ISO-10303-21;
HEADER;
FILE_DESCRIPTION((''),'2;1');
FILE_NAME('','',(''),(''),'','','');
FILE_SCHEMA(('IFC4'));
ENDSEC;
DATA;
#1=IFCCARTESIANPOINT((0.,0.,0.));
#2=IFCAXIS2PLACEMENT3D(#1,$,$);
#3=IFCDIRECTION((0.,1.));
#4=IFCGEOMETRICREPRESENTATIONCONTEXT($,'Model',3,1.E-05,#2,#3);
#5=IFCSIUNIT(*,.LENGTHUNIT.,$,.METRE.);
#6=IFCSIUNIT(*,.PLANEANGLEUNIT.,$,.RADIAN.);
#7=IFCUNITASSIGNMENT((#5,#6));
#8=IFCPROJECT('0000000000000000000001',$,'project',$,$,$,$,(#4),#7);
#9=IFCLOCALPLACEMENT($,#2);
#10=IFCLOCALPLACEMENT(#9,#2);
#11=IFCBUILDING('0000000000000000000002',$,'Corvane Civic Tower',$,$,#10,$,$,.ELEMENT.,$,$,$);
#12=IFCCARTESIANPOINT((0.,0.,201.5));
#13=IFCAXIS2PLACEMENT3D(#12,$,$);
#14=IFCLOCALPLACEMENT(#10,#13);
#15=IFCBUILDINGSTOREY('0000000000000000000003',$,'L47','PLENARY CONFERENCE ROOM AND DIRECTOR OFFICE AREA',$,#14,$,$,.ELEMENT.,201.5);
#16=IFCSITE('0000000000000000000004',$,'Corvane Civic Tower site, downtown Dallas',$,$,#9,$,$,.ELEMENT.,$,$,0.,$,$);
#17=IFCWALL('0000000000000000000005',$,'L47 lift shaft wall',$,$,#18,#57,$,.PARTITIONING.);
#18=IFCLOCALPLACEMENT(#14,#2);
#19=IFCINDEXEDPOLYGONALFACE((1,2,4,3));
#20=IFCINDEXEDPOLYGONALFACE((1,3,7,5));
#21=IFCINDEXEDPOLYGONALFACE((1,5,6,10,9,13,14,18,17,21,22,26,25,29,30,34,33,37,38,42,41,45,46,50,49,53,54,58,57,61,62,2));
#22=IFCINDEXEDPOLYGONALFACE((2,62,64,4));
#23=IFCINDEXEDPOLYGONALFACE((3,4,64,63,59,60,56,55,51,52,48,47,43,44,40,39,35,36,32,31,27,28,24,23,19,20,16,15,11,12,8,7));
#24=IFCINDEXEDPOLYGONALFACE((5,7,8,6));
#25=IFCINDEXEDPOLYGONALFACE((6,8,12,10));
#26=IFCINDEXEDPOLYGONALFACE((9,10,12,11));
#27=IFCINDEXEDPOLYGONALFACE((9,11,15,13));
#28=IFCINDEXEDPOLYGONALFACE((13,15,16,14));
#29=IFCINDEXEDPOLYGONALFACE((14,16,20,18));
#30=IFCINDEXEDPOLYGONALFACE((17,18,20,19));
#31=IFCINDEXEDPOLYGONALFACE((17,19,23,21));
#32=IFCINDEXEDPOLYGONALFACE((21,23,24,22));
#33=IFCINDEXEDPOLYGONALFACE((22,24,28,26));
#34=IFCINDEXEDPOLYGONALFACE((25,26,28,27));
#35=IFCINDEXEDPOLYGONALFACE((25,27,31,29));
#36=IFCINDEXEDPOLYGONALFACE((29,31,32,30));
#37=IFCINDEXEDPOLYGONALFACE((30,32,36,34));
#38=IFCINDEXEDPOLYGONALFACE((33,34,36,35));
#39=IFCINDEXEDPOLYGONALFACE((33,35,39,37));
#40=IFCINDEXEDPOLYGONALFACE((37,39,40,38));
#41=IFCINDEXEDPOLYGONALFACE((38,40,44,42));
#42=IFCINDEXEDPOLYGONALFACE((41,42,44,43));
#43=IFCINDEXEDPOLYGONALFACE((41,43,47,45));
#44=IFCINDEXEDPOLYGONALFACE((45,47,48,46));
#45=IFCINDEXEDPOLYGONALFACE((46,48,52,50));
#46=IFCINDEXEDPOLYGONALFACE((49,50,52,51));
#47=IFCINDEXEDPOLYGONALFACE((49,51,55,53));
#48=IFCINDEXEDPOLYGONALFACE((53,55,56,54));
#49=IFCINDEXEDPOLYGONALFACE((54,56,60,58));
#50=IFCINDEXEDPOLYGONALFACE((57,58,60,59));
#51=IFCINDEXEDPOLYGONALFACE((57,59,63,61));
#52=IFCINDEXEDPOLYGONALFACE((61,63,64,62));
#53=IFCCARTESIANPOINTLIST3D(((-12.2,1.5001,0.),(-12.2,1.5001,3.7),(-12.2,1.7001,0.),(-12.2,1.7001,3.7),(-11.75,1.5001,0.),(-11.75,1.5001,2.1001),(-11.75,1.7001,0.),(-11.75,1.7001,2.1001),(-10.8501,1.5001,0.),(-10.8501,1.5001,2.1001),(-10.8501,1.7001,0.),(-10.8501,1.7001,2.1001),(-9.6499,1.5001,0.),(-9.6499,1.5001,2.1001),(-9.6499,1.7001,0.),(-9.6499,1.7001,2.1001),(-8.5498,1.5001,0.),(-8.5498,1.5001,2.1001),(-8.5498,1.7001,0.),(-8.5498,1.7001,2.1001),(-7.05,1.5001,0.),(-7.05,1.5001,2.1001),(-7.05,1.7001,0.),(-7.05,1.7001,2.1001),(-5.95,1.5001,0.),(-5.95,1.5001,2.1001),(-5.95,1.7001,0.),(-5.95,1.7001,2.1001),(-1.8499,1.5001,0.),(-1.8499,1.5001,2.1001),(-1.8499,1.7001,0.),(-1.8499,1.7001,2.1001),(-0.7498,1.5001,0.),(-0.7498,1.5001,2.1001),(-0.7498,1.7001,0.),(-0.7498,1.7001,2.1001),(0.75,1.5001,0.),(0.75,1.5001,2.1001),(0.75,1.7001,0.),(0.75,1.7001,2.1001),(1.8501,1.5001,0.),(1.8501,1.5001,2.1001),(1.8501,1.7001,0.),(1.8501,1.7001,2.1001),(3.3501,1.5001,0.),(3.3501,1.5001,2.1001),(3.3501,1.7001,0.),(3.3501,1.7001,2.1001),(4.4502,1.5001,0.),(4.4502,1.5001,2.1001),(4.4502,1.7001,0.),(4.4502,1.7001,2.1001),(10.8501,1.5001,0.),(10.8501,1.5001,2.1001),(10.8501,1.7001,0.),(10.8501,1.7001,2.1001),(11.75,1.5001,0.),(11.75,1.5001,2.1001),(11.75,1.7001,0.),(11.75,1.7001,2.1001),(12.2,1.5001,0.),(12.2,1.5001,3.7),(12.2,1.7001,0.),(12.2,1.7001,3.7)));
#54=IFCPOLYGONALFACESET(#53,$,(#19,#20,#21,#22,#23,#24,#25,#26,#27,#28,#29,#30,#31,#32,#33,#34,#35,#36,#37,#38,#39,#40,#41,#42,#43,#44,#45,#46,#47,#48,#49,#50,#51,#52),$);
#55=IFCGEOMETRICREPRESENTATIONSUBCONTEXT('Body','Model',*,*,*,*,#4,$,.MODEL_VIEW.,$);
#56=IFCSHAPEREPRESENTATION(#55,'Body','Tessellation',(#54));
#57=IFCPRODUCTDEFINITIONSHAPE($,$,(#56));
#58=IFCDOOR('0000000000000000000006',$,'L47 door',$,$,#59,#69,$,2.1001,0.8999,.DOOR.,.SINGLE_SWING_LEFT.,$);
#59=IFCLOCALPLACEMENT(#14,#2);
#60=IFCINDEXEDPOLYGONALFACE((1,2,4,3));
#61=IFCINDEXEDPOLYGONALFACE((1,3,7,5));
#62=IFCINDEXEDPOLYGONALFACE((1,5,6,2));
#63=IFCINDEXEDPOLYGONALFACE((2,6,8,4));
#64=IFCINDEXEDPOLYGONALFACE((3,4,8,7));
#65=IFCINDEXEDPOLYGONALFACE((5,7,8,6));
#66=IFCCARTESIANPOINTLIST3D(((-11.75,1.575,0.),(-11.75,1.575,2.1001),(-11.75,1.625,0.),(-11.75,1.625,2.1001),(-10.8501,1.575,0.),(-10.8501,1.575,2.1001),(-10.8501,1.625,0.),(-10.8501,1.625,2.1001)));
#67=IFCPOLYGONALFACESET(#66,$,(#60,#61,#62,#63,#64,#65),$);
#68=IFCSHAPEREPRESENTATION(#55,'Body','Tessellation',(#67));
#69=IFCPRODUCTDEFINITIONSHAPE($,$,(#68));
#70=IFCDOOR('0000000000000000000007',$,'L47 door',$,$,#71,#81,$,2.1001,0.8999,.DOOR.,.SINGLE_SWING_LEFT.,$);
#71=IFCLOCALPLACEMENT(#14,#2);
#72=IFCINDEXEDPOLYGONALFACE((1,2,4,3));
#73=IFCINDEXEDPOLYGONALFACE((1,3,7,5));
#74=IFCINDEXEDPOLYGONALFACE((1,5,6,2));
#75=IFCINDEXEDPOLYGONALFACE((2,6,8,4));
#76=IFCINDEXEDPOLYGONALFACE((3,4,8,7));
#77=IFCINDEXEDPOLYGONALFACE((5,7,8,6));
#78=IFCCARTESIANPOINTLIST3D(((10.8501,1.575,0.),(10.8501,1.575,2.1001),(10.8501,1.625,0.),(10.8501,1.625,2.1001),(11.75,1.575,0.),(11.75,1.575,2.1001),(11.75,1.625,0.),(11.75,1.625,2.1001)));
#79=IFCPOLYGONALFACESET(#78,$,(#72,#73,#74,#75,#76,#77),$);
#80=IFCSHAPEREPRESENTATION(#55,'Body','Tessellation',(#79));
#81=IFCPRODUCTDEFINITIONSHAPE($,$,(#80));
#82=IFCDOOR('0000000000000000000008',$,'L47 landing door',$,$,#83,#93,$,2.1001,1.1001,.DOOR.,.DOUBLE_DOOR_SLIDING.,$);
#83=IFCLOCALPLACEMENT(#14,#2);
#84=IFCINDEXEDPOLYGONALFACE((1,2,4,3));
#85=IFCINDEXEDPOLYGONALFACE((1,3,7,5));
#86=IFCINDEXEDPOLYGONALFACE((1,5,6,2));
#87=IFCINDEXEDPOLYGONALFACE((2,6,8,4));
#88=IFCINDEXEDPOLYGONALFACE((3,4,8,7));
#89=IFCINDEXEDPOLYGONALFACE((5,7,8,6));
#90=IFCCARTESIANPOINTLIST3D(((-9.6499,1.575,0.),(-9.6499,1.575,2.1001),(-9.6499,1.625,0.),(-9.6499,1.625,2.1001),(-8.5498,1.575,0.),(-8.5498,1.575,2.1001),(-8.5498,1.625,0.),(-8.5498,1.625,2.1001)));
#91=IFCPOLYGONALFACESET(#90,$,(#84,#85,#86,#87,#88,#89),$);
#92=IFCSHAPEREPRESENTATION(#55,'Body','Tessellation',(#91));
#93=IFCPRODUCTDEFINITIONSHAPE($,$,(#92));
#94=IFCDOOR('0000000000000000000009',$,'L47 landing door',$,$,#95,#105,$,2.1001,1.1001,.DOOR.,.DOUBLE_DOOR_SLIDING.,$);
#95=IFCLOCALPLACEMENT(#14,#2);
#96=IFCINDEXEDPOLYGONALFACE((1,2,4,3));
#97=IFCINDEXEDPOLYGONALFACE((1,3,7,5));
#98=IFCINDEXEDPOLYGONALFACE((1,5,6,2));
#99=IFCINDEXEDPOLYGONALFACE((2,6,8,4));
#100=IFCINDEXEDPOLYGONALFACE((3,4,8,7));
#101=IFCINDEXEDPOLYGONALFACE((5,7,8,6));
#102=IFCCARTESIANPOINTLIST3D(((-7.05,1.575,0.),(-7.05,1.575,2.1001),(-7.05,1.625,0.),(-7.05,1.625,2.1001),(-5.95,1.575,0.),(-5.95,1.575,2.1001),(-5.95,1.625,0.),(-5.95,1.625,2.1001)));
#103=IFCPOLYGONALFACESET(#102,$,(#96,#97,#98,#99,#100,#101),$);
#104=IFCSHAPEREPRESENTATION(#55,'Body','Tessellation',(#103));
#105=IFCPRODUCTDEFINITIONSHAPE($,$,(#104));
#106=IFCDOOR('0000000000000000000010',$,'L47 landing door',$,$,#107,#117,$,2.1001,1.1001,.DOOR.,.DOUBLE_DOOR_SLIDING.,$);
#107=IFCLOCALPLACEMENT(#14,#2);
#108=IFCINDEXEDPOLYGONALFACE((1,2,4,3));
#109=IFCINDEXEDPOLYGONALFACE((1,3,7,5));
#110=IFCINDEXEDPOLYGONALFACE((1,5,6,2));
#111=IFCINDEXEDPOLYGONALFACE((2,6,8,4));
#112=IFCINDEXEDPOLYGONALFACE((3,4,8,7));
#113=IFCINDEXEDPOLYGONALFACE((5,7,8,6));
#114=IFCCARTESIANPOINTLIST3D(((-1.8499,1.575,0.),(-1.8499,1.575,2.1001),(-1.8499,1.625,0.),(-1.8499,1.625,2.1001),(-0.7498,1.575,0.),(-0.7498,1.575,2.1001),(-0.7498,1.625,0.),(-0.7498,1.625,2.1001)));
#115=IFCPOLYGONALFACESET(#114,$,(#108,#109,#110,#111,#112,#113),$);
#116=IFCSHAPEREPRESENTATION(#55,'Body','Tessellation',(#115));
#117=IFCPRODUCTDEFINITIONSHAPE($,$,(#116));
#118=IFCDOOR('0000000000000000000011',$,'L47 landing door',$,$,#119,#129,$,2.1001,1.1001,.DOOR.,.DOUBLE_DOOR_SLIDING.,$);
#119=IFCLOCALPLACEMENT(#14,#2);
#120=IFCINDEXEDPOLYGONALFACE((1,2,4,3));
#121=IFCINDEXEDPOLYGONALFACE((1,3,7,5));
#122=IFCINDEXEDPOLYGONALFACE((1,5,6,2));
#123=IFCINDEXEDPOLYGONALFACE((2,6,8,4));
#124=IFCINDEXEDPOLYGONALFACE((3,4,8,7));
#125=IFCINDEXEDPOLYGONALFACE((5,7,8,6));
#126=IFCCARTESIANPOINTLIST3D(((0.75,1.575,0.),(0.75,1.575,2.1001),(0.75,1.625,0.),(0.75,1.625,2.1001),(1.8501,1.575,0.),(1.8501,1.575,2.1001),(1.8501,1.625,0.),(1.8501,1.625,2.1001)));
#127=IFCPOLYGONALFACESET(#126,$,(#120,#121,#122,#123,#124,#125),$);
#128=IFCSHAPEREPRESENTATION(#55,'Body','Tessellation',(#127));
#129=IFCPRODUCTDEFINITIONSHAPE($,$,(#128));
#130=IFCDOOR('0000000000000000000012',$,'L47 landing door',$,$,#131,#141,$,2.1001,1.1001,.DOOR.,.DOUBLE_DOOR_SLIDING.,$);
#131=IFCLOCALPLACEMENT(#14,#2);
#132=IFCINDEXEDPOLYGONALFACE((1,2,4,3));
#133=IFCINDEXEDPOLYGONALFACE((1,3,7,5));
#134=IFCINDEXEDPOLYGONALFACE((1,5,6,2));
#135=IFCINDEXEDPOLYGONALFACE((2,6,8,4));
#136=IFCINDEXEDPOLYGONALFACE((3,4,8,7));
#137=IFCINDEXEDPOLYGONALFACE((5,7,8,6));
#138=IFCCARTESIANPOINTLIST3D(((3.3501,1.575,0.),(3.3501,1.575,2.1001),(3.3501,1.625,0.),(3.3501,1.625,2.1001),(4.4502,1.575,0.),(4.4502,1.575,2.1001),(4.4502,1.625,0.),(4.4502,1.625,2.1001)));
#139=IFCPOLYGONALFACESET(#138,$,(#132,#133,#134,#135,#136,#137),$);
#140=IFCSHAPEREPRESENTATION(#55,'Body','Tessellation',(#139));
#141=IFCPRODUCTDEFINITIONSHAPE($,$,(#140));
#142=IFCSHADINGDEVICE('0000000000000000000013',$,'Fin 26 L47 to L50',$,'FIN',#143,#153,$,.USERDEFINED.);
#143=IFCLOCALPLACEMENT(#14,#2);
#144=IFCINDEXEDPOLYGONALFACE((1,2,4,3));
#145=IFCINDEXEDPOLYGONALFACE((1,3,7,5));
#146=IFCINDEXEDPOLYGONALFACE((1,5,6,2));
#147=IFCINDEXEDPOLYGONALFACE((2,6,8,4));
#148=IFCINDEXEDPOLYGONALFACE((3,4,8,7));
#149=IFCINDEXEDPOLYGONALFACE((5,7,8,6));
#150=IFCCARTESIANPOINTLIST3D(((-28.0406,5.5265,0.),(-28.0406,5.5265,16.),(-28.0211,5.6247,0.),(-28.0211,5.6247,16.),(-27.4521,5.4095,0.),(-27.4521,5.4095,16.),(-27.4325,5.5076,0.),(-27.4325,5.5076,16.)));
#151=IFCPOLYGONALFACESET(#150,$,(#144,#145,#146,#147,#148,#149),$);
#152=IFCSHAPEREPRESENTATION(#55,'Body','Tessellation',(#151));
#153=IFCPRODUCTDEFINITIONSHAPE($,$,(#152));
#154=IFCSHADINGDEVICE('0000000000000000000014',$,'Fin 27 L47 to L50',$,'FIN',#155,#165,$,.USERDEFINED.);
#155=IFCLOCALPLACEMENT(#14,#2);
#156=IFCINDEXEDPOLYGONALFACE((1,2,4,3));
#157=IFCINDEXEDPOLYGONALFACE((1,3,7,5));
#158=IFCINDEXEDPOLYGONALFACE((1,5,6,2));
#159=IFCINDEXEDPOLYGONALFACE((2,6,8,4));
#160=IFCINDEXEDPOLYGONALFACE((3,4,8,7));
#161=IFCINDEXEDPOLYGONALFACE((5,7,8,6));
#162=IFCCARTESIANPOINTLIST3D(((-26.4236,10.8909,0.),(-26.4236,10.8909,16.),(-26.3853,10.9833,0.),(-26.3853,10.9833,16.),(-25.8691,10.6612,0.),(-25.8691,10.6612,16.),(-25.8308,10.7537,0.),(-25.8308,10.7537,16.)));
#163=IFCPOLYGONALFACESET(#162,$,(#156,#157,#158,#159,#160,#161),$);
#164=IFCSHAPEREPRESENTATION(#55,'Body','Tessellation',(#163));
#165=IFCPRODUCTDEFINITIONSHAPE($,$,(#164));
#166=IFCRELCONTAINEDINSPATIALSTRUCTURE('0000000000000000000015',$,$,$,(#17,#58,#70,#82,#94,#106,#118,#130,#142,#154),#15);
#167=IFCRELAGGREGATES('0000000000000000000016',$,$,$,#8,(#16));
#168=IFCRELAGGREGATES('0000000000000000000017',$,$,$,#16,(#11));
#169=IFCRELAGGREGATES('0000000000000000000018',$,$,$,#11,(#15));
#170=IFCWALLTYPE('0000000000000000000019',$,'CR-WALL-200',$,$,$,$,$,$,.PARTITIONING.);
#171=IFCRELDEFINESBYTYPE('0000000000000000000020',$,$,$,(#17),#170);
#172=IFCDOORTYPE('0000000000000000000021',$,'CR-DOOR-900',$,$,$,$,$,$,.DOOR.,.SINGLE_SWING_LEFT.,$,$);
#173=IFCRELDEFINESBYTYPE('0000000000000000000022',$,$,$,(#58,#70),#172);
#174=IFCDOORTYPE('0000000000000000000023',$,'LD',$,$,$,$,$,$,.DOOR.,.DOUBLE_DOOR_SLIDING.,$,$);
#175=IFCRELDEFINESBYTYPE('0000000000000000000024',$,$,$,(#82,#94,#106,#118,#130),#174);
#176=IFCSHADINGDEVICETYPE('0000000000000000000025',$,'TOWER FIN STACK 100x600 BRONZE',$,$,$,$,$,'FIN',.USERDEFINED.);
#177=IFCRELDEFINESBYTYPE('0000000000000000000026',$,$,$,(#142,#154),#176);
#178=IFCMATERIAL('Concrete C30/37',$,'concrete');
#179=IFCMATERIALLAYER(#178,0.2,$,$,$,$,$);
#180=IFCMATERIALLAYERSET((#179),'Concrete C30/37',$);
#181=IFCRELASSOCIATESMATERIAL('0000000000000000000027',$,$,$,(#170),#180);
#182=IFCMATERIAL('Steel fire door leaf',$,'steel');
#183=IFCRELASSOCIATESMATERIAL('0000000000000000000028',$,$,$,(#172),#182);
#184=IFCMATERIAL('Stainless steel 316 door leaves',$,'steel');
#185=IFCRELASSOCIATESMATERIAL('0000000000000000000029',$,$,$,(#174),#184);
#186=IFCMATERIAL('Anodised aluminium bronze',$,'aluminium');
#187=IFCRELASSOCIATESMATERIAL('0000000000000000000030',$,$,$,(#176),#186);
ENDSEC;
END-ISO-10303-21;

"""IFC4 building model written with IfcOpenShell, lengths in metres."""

from ifc_helpers import new_model, si_unit, direction, frame, frame_2d, origin, origin_2d, place, context, subcontext, project, spatial, rectangle, extrude, material, layer, layer_set, material_profile, profile_set, type_object, element, fill, save


model = new_model("IFC4")

# Units and contexts
model_context = context("Model", 3, precision=1e-05, world=origin(), true_north=direction((0.0, 1.0)))
body_context = subcontext(model_context, "Body", "Model", "MODEL_VIEW")
ifc_project = project(units=[si_unit("LENGTHUNIT", "METRE"), si_unit("PLANEANGLEUNIT", "RADIAN")], contexts=[model_context])

# Site, building, storey
site_placement = place(None, origin())
site = spatial("IfcSite", under=ifc_project, at=site_placement, Name="Corvane Civic Tower site, downtown Dallas", CompositionType="ELEMENT", RefElevation=0.0)
building_placement = place(site_placement, origin())
building = spatial("IfcBuilding", under=site, at=building_placement, Name="Corvane Civic Tower", CompositionType="ELEMENT")
storey_placement = place(building_placement, frame((0.0, 0.0, 201.5)))
storey = spatial("IfcBuildingStorey", under=building, at=storey_placement, Name="L47", Description="PLENARY CONFERENCE ROOM AND DIRECTOR OFFICE AREA", CompositionType="ELEMENT", Elevation=201.5)

# Wall, openings, doors
ifc_material_1 = material(Name="Concrete C30/37", Category="concrete")
ifc_layer_1 = layer(ifc_material_1, 0.2)
ifc_layer_set_1 = layer_set([ifc_layer_1], Name="Concrete C30/37")
wall_type = type_object("IfcWallType", Name="CR-WALL-200", PredefinedType="PARTITIONING", material=ifc_layer_set_1)
wall_placement = place(storey_placement, frame((-12.2, 1.6001, 0.0), z_axis=(0.0, 0.0, 1.0), x_axis=(1.0, 0.0, 0.0)))
wall = element("IfcWall", 1, at=wall_placement, inside=storey, type_object=wall_type, Name="L47 lift shaft wall", PredefinedType="PARTITIONING", context=body_context, shape_type="SweptSolid", body=[
    extrude(rectangle(XDim=24.3999, YDim=0.2, at=frame_2d((12.2, 0.0))), origin(), (0.0, 0.0, 1.0), 3.7),
])
opening_1_placement = place(wall_placement, frame((2.55, 0.0, 0.0)))
opening_1 = element("IfcOpeningElement", 2, at=opening_1_placement, cuts=wall, PredefinedType="OPENING", context=body_context, shape_type="SweptSolid", body=[
    extrude(rectangle(XDim=1.1001, YDim=2.1001, at=frame_2d((0.55, 1.05))), frame((0.0, 0.1099, 0.0), z_axis=(0.0, -1.0, 0.0), x_axis=(1.0, 0.0, 0.0)), (0.0, 0.0, 1.0), 0.22),
])
opening_2_placement = place(wall_placement, frame((5.1499, 0.0, 0.0)))
opening_2 = element("IfcOpeningElement", 3, at=opening_2_placement, cuts=wall, PredefinedType="OPENING", context=body_context, shape_type="SweptSolid", body=[
    extrude(rectangle(XDim=1.1001, YDim=2.1001, at=frame_2d((0.55, 1.05))), frame((0.0, 0.1099, 0.0), z_axis=(0.0, -1.0, 0.0), x_axis=(1.0, 0.0, 0.0)), (0.0, 0.0, 1.0), 0.22),
])
opening_3_placement = place(wall_placement, frame((10.3501, 0.0, 0.0)))
opening_3 = element("IfcOpeningElement", 4, at=opening_3_placement, cuts=wall, PredefinedType="OPENING", context=body_context, shape_type="SweptSolid", body=[
    extrude(rectangle(XDim=1.1001, YDim=2.1001, at=frame_2d((0.55, 1.05))), frame((0.0, 0.1099, 0.0), z_axis=(0.0, -1.0, 0.0), x_axis=(1.0, 0.0, 0.0)), (0.0, 0.0, 1.0), 0.22),
])
opening_4_placement = place(wall_placement, frame((12.95, 0.0, 0.0)))
opening_4 = element("IfcOpeningElement", 5, at=opening_4_placement, cuts=wall, PredefinedType="OPENING", context=body_context, shape_type="SweptSolid", body=[
    extrude(rectangle(XDim=1.1001, YDim=2.1001, at=frame_2d((0.55, 1.05))), frame((0.0, 0.1099, 0.0), z_axis=(0.0, -1.0, 0.0), x_axis=(1.0, 0.0, 0.0)), (0.0, 0.0, 1.0), 0.22),
])
opening_5_placement = place(wall_placement, frame((15.55, 0.0, 0.0)))
opening_5 = element("IfcOpeningElement", 6, at=opening_5_placement, cuts=wall, PredefinedType="OPENING", context=body_context, shape_type="SweptSolid", body=[
    extrude(rectangle(XDim=1.1001, YDim=2.1001, at=frame_2d((0.55, 1.05))), frame((0.0, 0.1099, 0.0), z_axis=(0.0, -1.0, 0.0), x_axis=(1.0, 0.0, 0.0)), (0.0, 0.0, 1.0), 0.22),
])
opening_6_placement = place(wall_placement, frame((0.45, 0.0, 0.0)))
opening_6 = element("IfcOpeningElement", 7, at=opening_6_placement, cuts=wall, PredefinedType="OPENING", context=body_context, shape_type="SweptSolid", body=[
    extrude(rectangle(XDim=0.8999, YDim=2.1001, at=frame_2d((0.45, 1.05))), frame((0.0, 0.1099, 0.0), z_axis=(0.0, -1.0, 0.0), x_axis=(1.0, 0.0, 0.0)), (0.0, 0.0, 1.0), 0.22),
])
opening_7_placement = place(wall_placement, frame((23.05, 0.0, 0.0)))
opening_7 = element("IfcOpeningElement", 8, at=opening_7_placement, cuts=wall, PredefinedType="OPENING", context=body_context, shape_type="SweptSolid", body=[
    extrude(rectangle(XDim=0.8999, YDim=2.1001, at=frame_2d((0.45, 1.05))), frame((0.0, 0.1099, 0.0), z_axis=(0.0, -1.0, 0.0), x_axis=(1.0, 0.0, 0.0)), (0.0, 0.0, 1.0), 0.22),
])
ifc_material_2 = material(Name="Steel fire door leaf", Category="steel")
door_type_1 = type_object("IfcDoorType", Name="CR-DOOR-900", OperationType="SINGLE_SWING_LEFT", PredefinedType="DOOR", material=ifc_material_2)
door_1_placement = place(opening_6_placement, origin())
door_1 = element("IfcDoor", 9, at=door_1_placement, inside=storey, type_object=door_type_1, Name="L47 door", OperationType="SINGLE_SWING_LEFT", OverallHeight=2.1001, OverallWidth=0.8999, PredefinedType="DOOR", context=body_context, shape_type="SweptSolid", body=[
    extrude(rectangle(XDim=0.8999, YDim=2.1001, at=frame_2d((0.45, 1.05))), frame((0.0, 0.0249, 0.0), z_axis=(0.0, -1.0, 0.0), x_axis=(1.0, 0.0, 0.0)), (0.0, 0.0, 1.0), 0.05),
])
fill(opening_6, door_1)
door_2_placement = place(opening_7_placement, origin())
door_2 = element("IfcDoor", 10, at=door_2_placement, inside=storey, type_object=door_type_1, Name="L47 door", OperationType="SINGLE_SWING_LEFT", OverallHeight=2.1001, OverallWidth=0.8999, PredefinedType="DOOR", context=body_context, shape_type="SweptSolid", body=[
    extrude(rectangle(XDim=0.8999, YDim=2.1001, at=frame_2d((0.45, 1.05))), frame((0.0, 0.0249, 0.0), z_axis=(0.0, -1.0, 0.0), x_axis=(1.0, 0.0, 0.0)), (0.0, 0.0, 1.0), 0.05),
])
fill(opening_7, door_2)
ifc_material_3 = material(Name="Stainless steel 316 door leaves", Category="steel")
door_type_2 = type_object("IfcDoorType", Name="LD", OperationType="DOUBLE_DOOR_SLIDING", PredefinedType="DOOR", material=ifc_material_3)
door_3_placement = place(opening_1_placement, origin())
door_3 = element("IfcDoor", 11, at=door_3_placement, inside=storey, type_object=door_type_2, Name="L47 landing door", OperationType="DOUBLE_DOOR_SLIDING", OverallHeight=2.1001, OverallWidth=1.1001, PredefinedType="DOOR", context=body_context, shape_type="SweptSolid", body=[
    extrude(rectangle(XDim=1.1001, YDim=2.1001, at=frame_2d((0.55, 1.05))), frame((0.0, 0.0249, 0.0), z_axis=(0.0, -1.0, 0.0), x_axis=(1.0, 0.0, 0.0)), (0.0, 0.0, 1.0), 0.05),
])
fill(opening_1, door_3)
door_4_placement = place(opening_2_placement, origin())
door_4 = element("IfcDoor", 12, at=door_4_placement, inside=storey, type_object=door_type_2, Name="L47 landing door", OperationType="DOUBLE_DOOR_SLIDING", OverallHeight=2.1001, OverallWidth=1.1001, PredefinedType="DOOR", context=body_context, shape_type="SweptSolid", body=[
    extrude(rectangle(XDim=1.1001, YDim=2.1001, at=frame_2d((0.55, 1.05))), frame((0.0, 0.0249, 0.0), z_axis=(0.0, -1.0, 0.0), x_axis=(1.0, 0.0, 0.0)), (0.0, 0.0, 1.0), 0.05),
])
fill(opening_2, door_4)
door_5_placement = place(opening_3_placement, origin())
door_5 = element("IfcDoor", 13, at=door_5_placement, inside=storey, type_object=door_type_2, Name="L47 landing door", OperationType="DOUBLE_DOOR_SLIDING", OverallHeight=2.1001, OverallWidth=1.1001, PredefinedType="DOOR", context=body_context, shape_type="SweptSolid", body=[
    extrude(rectangle(XDim=1.1001, YDim=2.1001, at=frame_2d((0.55, 1.05))), frame((0.0, 0.0249, 0.0), z_axis=(0.0, -1.0, 0.0), x_axis=(1.0, 0.0, 0.0)), (0.0, 0.0, 1.0), 0.05),
])
fill(opening_3, door_5)
door_6_placement = place(opening_4_placement, origin())
door_6 = element("IfcDoor", 14, at=door_6_placement, inside=storey, type_object=door_type_2, Name="L47 landing door", OperationType="DOUBLE_DOOR_SLIDING", OverallHeight=2.1001, OverallWidth=1.1001, PredefinedType="DOOR", context=body_context, shape_type="SweptSolid", body=[
    extrude(rectangle(XDim=1.1001, YDim=2.1001, at=frame_2d((0.55, 1.05))), frame((0.0, 0.0249, 0.0), z_axis=(0.0, -1.0, 0.0), x_axis=(1.0, 0.0, 0.0)), (0.0, 0.0, 1.0), 0.05),
])
fill(opening_4, door_6)
door_7_placement = place(opening_5_placement, origin())
door_7 = element("IfcDoor", 15, at=door_7_placement, inside=storey, type_object=door_type_2, Name="L47 landing door", OperationType="DOUBLE_DOOR_SLIDING", OverallHeight=2.1001, OverallWidth=1.1001, PredefinedType="DOOR", context=body_context, shape_type="SweptSolid", body=[
    extrude(rectangle(XDim=1.1001, YDim=2.1001, at=frame_2d((0.55, 1.05))), frame((0.0, 0.0249, 0.0), z_axis=(0.0, -1.0, 0.0), x_axis=(1.0, 0.0, 0.0)), (0.0, 0.0, 1.0), 0.05),
])
fill(opening_5, door_7)

# Shading devices
ifc_material_4 = material(Name="Anodised aluminium bronze", Category="aluminium")
ifc_material_profile_1 = material_profile(ifc_material_4, rectangle(XDim=0.1001, YDim=0.6001, at=origin_2d()), Name="TOWER FIN STACK 100x600 BRONZE")
ifc_profile_set_1 = profile_set([ifc_material_profile_1], Name="Anodised aluminium bronze")
shading_device_type = type_object("IfcShadingDeviceType", Name="TOWER FIN STACK 100x600 BRONZE", ElementType="FIN", PredefinedType="USERDEFINED", material=ifc_profile_set_1)
for number, where, z_axis, x_axis, name in (
    (16, (-27.7366, 5.5171, 0.0), (0.0, 0.0, 1.0), (0.19509, 0.980785, 0.0), "Fin 26 L47 to L50"),
    (17, (-26.1272, 10.8223, 0.0), (0.0, 0.0, 1.0), (0.382683, 0.92388, 0.0), "Fin 27 L47 to L50"),
):
    element("IfcShadingDevice", number, at=place(storey_placement, frame(where, z_axis=z_axis, x_axis=x_axis)), inside=storey, type_object=shading_device_type, Name=name, ObjectType="FIN", PredefinedType="USERDEFINED", context=body_context, shape_type="SweptSolid", body=[
        extrude(rectangle(XDim=0.1001, YDim=0.6001, at=origin_2d()), origin(), (0.0, 0.0, 1.0), 16.0),
    ])

save(model, "model.ifc")
